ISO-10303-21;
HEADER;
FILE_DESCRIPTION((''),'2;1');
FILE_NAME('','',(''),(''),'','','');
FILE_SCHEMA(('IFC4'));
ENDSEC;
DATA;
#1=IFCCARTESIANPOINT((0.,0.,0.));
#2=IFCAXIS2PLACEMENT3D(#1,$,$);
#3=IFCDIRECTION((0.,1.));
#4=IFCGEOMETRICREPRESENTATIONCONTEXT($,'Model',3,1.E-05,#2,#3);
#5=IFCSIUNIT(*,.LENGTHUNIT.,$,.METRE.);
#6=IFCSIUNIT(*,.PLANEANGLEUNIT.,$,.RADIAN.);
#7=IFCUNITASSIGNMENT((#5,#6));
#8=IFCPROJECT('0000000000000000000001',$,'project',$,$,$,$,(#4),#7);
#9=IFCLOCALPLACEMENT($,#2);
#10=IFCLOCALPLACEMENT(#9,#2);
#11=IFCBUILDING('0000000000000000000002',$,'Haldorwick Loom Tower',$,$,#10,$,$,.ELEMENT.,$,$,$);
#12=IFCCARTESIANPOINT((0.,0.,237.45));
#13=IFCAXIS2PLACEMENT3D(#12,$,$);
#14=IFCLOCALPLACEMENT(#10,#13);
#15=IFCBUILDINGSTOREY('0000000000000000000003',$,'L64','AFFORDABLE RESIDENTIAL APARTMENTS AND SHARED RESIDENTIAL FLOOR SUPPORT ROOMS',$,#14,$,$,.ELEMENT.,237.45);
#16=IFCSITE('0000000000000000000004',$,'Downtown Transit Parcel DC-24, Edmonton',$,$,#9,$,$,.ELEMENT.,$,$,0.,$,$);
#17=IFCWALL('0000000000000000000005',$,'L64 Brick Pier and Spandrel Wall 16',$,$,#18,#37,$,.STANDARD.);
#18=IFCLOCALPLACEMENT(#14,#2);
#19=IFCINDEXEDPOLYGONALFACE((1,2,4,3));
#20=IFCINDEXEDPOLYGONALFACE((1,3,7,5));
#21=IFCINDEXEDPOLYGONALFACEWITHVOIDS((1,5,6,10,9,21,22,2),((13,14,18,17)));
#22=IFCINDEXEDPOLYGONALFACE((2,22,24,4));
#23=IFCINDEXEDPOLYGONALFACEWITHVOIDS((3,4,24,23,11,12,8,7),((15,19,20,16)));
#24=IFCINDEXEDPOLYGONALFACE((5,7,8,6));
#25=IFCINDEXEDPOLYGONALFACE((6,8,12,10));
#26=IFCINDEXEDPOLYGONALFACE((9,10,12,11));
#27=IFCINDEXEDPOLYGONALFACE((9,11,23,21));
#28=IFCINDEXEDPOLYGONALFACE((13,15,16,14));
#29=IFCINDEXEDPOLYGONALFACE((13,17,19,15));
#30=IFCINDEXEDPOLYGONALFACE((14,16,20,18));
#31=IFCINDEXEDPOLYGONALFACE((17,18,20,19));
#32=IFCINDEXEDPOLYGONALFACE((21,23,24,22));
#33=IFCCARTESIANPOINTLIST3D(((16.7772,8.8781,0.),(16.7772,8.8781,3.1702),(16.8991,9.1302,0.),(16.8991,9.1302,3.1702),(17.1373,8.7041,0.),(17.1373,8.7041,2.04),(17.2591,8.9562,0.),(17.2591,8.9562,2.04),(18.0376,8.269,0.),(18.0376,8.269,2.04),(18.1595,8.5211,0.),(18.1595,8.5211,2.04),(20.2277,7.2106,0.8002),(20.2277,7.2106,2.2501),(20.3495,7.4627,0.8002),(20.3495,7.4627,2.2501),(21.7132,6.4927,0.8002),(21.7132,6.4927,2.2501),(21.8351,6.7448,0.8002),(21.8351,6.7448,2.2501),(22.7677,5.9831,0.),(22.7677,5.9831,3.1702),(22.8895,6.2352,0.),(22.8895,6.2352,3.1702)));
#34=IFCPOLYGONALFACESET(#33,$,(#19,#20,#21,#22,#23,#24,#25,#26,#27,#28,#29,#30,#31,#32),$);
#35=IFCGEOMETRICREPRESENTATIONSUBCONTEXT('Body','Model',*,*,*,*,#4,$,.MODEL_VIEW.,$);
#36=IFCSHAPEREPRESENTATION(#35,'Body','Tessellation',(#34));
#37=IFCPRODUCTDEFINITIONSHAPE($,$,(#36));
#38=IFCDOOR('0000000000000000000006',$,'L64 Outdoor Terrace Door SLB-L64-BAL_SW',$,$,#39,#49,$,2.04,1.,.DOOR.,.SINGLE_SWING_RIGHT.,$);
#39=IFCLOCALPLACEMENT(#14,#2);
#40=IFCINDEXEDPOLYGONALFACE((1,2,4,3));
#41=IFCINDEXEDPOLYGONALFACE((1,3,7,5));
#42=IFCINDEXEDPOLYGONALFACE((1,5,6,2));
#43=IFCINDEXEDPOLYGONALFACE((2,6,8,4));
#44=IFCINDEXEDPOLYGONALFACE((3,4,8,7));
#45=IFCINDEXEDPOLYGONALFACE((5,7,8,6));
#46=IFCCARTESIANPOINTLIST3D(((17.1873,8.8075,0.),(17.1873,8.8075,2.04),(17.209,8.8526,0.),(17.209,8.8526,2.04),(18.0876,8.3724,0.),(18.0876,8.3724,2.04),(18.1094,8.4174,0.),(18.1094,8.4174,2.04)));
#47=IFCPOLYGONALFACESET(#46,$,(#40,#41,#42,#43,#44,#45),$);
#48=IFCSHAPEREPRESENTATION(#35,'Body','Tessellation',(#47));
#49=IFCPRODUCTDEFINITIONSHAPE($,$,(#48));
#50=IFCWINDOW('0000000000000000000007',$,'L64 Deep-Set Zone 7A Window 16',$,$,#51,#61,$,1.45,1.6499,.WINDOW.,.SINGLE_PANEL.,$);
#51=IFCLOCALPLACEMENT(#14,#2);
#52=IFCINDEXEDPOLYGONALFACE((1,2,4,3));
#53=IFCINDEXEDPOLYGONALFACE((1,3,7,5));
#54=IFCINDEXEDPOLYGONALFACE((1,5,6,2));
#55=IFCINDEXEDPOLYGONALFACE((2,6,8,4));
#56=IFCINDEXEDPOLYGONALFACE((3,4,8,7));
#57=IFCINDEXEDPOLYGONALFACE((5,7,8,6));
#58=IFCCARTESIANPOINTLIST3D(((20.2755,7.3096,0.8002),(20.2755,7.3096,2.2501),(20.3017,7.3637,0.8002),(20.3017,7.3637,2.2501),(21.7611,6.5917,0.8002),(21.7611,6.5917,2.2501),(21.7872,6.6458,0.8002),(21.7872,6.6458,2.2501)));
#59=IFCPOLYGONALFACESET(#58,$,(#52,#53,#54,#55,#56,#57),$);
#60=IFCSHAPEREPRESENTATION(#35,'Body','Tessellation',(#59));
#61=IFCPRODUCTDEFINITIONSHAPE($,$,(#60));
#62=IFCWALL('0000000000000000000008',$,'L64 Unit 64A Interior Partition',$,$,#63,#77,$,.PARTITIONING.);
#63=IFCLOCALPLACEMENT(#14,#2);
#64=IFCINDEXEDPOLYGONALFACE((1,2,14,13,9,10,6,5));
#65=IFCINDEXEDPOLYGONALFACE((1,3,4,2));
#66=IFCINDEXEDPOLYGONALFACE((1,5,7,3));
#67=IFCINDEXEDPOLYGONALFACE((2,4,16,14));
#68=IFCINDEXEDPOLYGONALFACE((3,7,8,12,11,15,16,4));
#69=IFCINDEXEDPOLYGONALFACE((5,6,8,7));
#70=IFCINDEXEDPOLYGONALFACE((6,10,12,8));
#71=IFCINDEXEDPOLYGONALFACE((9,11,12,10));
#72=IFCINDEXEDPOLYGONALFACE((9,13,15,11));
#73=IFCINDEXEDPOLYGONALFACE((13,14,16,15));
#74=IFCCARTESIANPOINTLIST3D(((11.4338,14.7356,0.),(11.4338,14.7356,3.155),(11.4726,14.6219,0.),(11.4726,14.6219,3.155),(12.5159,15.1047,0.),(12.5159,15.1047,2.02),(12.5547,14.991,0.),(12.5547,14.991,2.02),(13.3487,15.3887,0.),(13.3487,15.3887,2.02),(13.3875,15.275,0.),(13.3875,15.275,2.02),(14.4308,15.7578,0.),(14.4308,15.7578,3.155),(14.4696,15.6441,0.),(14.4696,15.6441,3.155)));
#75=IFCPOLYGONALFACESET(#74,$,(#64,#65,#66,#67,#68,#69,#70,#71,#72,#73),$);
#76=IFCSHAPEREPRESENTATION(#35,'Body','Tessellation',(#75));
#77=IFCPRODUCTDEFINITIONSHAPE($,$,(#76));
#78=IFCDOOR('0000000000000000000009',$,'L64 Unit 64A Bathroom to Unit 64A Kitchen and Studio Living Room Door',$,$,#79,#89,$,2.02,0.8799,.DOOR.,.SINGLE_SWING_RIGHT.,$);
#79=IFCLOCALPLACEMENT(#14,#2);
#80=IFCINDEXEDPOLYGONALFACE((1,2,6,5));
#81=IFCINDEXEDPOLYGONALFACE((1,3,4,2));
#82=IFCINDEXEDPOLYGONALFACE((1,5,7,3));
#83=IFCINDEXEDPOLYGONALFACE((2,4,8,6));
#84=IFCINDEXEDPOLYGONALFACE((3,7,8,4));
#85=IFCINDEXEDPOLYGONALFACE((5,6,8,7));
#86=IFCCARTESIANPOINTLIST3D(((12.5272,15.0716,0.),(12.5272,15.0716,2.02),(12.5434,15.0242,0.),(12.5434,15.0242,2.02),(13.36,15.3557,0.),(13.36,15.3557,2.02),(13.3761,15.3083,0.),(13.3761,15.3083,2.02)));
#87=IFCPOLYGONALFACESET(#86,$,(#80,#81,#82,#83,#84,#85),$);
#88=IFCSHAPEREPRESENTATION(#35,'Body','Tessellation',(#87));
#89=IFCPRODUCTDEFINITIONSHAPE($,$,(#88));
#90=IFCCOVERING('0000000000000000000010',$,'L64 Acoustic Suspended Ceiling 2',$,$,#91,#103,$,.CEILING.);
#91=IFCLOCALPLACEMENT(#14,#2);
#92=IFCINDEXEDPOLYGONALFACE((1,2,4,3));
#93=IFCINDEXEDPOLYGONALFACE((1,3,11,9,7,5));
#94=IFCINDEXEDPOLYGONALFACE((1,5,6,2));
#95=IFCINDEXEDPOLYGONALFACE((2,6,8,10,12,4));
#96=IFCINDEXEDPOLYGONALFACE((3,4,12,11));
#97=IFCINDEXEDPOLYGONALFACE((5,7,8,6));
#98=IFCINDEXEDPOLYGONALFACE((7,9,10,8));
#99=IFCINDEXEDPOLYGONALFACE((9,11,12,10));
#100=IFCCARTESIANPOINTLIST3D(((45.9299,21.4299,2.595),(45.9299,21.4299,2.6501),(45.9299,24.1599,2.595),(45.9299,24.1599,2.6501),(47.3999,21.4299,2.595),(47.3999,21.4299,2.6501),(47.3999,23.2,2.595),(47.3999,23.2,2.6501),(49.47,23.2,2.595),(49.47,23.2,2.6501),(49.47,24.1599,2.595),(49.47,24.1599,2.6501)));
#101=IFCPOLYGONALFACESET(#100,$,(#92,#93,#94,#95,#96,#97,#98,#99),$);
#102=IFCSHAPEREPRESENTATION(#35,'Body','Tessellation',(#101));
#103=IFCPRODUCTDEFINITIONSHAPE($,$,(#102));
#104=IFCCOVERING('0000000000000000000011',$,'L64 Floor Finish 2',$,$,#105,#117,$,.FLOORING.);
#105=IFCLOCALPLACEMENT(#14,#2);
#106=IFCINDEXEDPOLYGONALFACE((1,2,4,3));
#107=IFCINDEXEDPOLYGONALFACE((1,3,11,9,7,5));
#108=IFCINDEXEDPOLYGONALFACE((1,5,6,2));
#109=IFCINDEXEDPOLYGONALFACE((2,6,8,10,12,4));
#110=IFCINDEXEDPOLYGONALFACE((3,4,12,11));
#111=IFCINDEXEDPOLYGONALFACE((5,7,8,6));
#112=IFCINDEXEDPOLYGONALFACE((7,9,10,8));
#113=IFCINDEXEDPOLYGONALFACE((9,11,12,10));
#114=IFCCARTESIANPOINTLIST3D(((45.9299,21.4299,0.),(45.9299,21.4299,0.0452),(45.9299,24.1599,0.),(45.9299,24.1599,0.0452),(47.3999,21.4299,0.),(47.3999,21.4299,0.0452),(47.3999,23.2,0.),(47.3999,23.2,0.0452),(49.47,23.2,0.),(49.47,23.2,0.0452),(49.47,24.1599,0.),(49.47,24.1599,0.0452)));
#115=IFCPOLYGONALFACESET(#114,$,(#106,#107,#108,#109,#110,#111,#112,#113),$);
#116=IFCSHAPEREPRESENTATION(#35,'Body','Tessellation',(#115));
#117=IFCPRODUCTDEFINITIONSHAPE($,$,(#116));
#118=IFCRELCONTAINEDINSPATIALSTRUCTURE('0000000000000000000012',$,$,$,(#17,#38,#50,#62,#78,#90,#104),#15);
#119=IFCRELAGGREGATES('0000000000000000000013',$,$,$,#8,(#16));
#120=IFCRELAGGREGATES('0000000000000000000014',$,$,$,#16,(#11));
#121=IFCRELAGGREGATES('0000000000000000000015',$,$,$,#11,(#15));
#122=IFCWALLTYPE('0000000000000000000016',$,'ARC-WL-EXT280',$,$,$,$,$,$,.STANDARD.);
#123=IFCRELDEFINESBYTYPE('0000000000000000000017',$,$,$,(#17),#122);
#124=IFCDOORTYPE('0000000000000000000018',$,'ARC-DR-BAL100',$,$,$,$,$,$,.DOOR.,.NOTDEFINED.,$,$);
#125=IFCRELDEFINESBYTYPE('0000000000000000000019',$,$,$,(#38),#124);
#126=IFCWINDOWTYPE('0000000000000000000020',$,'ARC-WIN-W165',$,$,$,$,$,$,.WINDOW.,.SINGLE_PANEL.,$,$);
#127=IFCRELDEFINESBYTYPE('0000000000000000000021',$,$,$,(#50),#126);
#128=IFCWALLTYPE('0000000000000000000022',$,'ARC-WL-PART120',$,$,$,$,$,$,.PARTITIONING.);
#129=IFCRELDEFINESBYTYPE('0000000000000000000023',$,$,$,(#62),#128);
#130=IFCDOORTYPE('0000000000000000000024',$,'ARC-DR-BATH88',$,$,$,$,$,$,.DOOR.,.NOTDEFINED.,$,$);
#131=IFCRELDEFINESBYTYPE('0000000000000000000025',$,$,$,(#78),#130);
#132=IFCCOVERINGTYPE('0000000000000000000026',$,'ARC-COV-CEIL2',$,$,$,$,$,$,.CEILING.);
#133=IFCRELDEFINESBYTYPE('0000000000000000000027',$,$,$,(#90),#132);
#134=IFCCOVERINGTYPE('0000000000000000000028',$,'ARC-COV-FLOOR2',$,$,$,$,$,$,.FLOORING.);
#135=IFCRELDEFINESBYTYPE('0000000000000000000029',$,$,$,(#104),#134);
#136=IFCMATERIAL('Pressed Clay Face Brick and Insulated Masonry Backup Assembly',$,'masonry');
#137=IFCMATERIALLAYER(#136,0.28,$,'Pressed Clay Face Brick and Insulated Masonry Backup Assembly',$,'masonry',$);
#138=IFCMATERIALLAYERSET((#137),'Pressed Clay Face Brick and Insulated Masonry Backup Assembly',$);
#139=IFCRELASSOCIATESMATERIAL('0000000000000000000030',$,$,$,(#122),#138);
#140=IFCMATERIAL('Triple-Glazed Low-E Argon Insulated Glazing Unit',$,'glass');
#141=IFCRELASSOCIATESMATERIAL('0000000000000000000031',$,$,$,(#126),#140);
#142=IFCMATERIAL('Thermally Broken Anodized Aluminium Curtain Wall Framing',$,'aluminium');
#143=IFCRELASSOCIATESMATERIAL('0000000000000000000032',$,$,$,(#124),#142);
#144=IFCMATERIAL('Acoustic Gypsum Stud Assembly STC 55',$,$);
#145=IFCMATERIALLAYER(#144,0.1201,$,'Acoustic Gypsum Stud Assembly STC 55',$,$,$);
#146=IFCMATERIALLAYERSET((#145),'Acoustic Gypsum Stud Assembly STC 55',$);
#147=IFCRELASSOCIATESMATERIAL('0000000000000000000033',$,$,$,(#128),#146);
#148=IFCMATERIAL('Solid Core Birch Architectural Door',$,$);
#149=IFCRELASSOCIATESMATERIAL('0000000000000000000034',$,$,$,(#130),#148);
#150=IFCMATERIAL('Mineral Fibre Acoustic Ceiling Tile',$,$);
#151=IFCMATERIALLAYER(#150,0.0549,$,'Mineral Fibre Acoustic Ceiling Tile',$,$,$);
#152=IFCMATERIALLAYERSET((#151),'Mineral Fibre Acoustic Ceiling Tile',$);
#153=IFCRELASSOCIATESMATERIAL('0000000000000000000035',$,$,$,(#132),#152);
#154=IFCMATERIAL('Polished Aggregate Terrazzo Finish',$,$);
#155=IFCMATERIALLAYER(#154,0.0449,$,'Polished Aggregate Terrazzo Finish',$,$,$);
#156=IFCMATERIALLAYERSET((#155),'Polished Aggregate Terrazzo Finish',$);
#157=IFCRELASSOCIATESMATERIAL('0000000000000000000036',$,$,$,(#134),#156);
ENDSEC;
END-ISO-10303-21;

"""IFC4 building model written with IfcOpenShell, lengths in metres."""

from ifc_helpers import new_model, si_unit, direction, frame, frame_2d, origin, place, context, subcontext, project, spatial, polyline, rectangle, outline, extrude, material, layer, layer_set, type_object, element, fill, save


model = new_model("IFC4")

# Units and contexts
model_context = context("Model", 3, precision=1e-05, world=origin(), true_north=direction((0.0, 1.0)))
body_context = subcontext(model_context, "Body", "Model", "MODEL_VIEW")
ifc_project = project(units=[si_unit("LENGTHUNIT", "METRE"), si_unit("PLANEANGLEUNIT", "RADIAN")], contexts=[model_context])

# Site, building, storey
site_placement = place(None, origin())
site = spatial("IfcSite", under=ifc_project, at=site_placement, Name="Downtown Transit Parcel DC-24, Edmonton", CompositionType="ELEMENT", RefElevation=0.0)
building_placement = place(site_placement, origin())
building = spatial("IfcBuilding", under=site, at=building_placement, Name="Haldorwick Loom Tower", CompositionType="ELEMENT")
storey_placement = place(building_placement, frame((0.0, 0.0, 237.45)))
storey = spatial("IfcBuildingStorey", under=building, at=storey_placement, Name="L64", Description="AFFORDABLE RESIDENTIAL APARTMENTS AND SHARED RESIDENTIAL FLOOR SUPPORT ROOMS", CompositionType="ELEMENT", Elevation=237.45)

# Shared definitions
ifc_material_1 = material(Name="Pressed Clay Face Brick and Insulated Masonry Backup Assembly", Category="masonry")
ifc_layer_1 = layer(ifc_material_1, 0.28, Name="Pressed Clay Face Brick and Insulated Masonry Backup Assembly", Category="masonry")
ifc_layer_set_1 = layer_set([ifc_layer_1], Name="Pressed Clay Face Brick and Insulated Masonry Backup Assembly")
wall_type_1 = type_object("IfcWallType", Name="ARC-WL-EXT280", PredefinedType="STANDARD", material=ifc_layer_set_1)
ifc_material_2 = material(Name="Triple-Glazed Low-E Argon Insulated Glazing Unit", Category="glass")
window_type = type_object("IfcWindowType", Name="ARC-WIN-W165", PartitioningType="SINGLE_PANEL", PredefinedType="WINDOW", material=ifc_material_2)

# Wall, openings, door, window
wall_1_placement = place(storey_placement, frame((16.8381, 9.0042, 0.0), z_axis=(0.0, 0.0, 1.0), x_axis=(0.900371, -0.435123, 0.0)))
wall_1 = element("IfcWall", 1, at=wall_1_placement, inside=storey, type_object=wall_type_1, Name="L64 Brick Pier and Spandrel Wall 16", PredefinedType="STANDARD", context=body_context, shape_type="SweptSolid", body=[
    extrude(rectangle(XDim=6.6533, YDim=0.28, at=frame_2d((3.3267, 0.0))), origin(), (0.0, 0.0, 1.0), 3.1702),
])
opening_1_placement = place(wall_1_placement, frame((0.3999, 0.0, 0.0)))
opening_1 = element("IfcOpeningElement", 2, at=opening_1_placement, cuts=wall_1, PredefinedType="OPENING", context=body_context, shape_type="SweptSolid", body=[
    extrude(rectangle(XDim=1.0, YDim=2.04, at=frame_2d((0.5, 1.02))), frame((0.0, 0.1499, 0.0), z_axis=(0.0, -1.0, 0.0), x_axis=(1.0, 0.0, 0.0)), (0.0, 0.0, 1.0), 0.3),
])
opening_2_placement = place(wall_1_placement, frame((3.8323, 0.0, 0.8)))
opening_2 = element("IfcOpeningElement", 3, at=opening_2_placement, cuts=wall_1, PredefinedType="OPENING", context=body_context, shape_type="SweptSolid", body=[
    extrude(rectangle(XDim=1.6499, YDim=1.45, at=frame_2d((0.825, 0.7251))), frame((0.0, 0.1499, 0.0), z_axis=(0.0, -1.0, 0.0), x_axis=(1.0, 0.0, 0.0)), (0.0, 0.0, 1.0), 0.3),
])
ifc_material_3 = material(Name="Thermally Broken Anodized Aluminium Curtain Wall Framing", Category="aluminium")
door_type_1 = type_object("IfcDoorType", Name="ARC-DR-BAL100", OperationType="NOTDEFINED", PredefinedType="DOOR", material=ifc_material_3)
door_1_placement = place(opening_1_placement, origin())
door_1 = element("IfcDoor", 4, at=door_1_placement, inside=storey, type_object=door_type_1, Name="L64 Outdoor Terrace Door SLB-L64-BAL_SW", OperationType="SINGLE_SWING_RIGHT", OverallHeight=2.04, OverallWidth=1.0, PredefinedType="DOOR", context=body_context, shape_type="SweptSolid", body=[
    extrude(rectangle(XDim=1.0, YDim=2.04, at=frame_2d((0.5, 1.02))), frame((0.0, 0.0249, 0.0), z_axis=(0.0, -1.0, 0.0), x_axis=(1.0, 0.0, 0.0)), (0.0, 0.0, 1.0), 0.05),
])
fill(opening_1, door_1)
window_1_placement = place(opening_2_placement, origin())
window_1 = element("IfcWindow", 5, at=window_1_placement, inside=storey, type_object=window_type, Name="L64 Deep-Set Zone 7A Window 16", OverallHeight=1.45, OverallWidth=1.6499, PartitioningType="SINGLE_PANEL", PredefinedType="WINDOW", context=body_context, shape_type="SweptSolid", body=[
    extrude(rectangle(XDim=1.6499, YDim=1.45, at=frame_2d((0.825, 0.7251))), frame((0.0, 0.03, 0.0), z_axis=(0.0, -1.0, 0.0), x_axis=(1.0, 0.0, 0.0)), (0.0, 0.0, 1.0), 0.0601),
])
fill(opening_2, window_1)

# Wall, opening, door
ifc_material_4 = material(Name="Acoustic Gypsum Stud Assembly STC 55")
ifc_layer_2 = layer(ifc_material_4, 0.1201, Name="Acoustic Gypsum Stud Assembly STC 55")
ifc_layer_set_2 = layer_set([ifc_layer_2], Name="Acoustic Gypsum Stud Assembly STC 55")
wall_type_2 = type_object("IfcWallType", Name="ARC-WL-PART120", PredefinedType="PARTITIONING", material=ifc_layer_set_2)
wall_2_placement = place(storey_placement, frame((14.4502, 15.7009, 0.0), z_axis=(0.0, 0.0, 1.0), x_axis=(-0.946463, -0.322812, 0.0)))
wall_2 = element("IfcWall", 6, at=wall_2_placement, inside=storey, type_object=wall_type_2, Name="L64 Unit 64A Interior Partition", PredefinedType="PARTITIONING", context=body_context, shape_type="SweptSolid", body=[
    extrude(rectangle(XDim=3.1665, YDim=0.1201, at=frame_2d((1.5833, 0.0))), origin(), (0.0, 0.0, 1.0), 3.155),
])
opening_3_placement = place(wall_2_placement, frame((1.1433, 0.0, 0.0)))
opening_3 = element("IfcOpeningElement", 7, at=opening_3_placement, cuts=wall_2, PredefinedType="OPENING", context=body_context, shape_type="SweptSolid", body=[
    extrude(rectangle(XDim=0.8799, YDim=2.02, at=frame_2d((0.4399, 1.01))), frame((0.0, 0.0701, 0.0), z_axis=(0.0, -1.0, 0.0), x_axis=(1.0, 0.0, 0.0)), (0.0, 0.0, 1.0), 0.1401),
])
ifc_material_5 = material(Name="Solid Core Birch Architectural Door")
door_type_2 = type_object("IfcDoorType", Name="ARC-DR-BATH88", OperationType="NOTDEFINED", PredefinedType="DOOR", material=ifc_material_5)
door_2_placement = place(opening_3_placement, origin())
door_2 = element("IfcDoor", 8, at=door_2_placement, inside=storey, type_object=door_type_2, Name="L64 Unit 64A Bathroom to Unit 64A Kitchen and Studio Living Room Door", OperationType="SINGLE_SWING_RIGHT", OverallHeight=2.02, OverallWidth=0.8799, PredefinedType="DOOR", context=body_context, shape_type="SweptSolid", body=[
    extrude(rectangle(XDim=0.8799, YDim=2.02, at=frame_2d((0.4399, 1.01))), frame((0.0, 0.0249, 0.0), z_axis=(0.0, -1.0, 0.0), x_axis=(1.0, 0.0, 0.0)), (0.0, 0.0, 1.0), 0.05),
])
fill(opening_3, door_2)

# Coverings
ifc_material_6 = material(Name="Mineral Fibre Acoustic Ceiling Tile")
ifc_layer_3 = layer(ifc_material_6, 0.0549, Name="Mineral Fibre Acoustic Ceiling Tile")
ifc_layer_set_3 = layer_set([ifc_layer_3], Name="Mineral Fibre Acoustic Ceiling Tile")
covering_type_1 = type_object("IfcCoveringType", Name="ARC-COV-CEIL2", PredefinedType="CEILING", material=ifc_layer_set_3)
covering_1_placement = place(storey_placement, frame((0.0, 0.0, 2.595)))
element("IfcCovering", 9, at=covering_1_placement, inside=storey, type_object=covering_type_1, Name="L64 Acoustic Suspended Ceiling 2", PredefinedType="CEILING", context=body_context, shape_type="SweptSolid", body=[
    extrude(outline(polyline([(45.9299, 24.1599), (45.9299, 21.4299), (47.3999, 21.4299), (47.3999, 23.2), (49.47, 23.2), (49.47, 24.1599), (45.9299, 24.1599)])), origin(), (0.0, 0.0, 1.0), 0.0552),
])
ifc_material_7 = material(Name="Polished Aggregate Terrazzo Finish")
ifc_layer_4 = layer(ifc_material_7, 0.0449, Name="Polished Aggregate Terrazzo Finish")
ifc_layer_set_4 = layer_set([ifc_layer_4], Name="Polished Aggregate Terrazzo Finish")
covering_type_2 = type_object("IfcCoveringType", Name="ARC-COV-FLOOR2", PredefinedType="FLOORING", material=ifc_layer_set_4)
covering_2_placement = place(storey_placement, origin())
element("IfcCovering", 10, at=covering_2_placement, inside=storey, type_object=covering_type_2, Name="L64 Floor Finish 2", PredefinedType="FLOORING", context=body_context, shape_type="SweptSolid", body=[
    extrude(outline(polyline([(45.9299, 24.1599), (45.9299, 21.4299), (47.3999, 21.4299), (47.3999, 23.2), (49.47, 23.2), (49.47, 24.1599), (45.9299, 24.1599)])), origin(), (0.0, 0.0, 1.0), 0.0452),
])

save(model, "model.ifc")
